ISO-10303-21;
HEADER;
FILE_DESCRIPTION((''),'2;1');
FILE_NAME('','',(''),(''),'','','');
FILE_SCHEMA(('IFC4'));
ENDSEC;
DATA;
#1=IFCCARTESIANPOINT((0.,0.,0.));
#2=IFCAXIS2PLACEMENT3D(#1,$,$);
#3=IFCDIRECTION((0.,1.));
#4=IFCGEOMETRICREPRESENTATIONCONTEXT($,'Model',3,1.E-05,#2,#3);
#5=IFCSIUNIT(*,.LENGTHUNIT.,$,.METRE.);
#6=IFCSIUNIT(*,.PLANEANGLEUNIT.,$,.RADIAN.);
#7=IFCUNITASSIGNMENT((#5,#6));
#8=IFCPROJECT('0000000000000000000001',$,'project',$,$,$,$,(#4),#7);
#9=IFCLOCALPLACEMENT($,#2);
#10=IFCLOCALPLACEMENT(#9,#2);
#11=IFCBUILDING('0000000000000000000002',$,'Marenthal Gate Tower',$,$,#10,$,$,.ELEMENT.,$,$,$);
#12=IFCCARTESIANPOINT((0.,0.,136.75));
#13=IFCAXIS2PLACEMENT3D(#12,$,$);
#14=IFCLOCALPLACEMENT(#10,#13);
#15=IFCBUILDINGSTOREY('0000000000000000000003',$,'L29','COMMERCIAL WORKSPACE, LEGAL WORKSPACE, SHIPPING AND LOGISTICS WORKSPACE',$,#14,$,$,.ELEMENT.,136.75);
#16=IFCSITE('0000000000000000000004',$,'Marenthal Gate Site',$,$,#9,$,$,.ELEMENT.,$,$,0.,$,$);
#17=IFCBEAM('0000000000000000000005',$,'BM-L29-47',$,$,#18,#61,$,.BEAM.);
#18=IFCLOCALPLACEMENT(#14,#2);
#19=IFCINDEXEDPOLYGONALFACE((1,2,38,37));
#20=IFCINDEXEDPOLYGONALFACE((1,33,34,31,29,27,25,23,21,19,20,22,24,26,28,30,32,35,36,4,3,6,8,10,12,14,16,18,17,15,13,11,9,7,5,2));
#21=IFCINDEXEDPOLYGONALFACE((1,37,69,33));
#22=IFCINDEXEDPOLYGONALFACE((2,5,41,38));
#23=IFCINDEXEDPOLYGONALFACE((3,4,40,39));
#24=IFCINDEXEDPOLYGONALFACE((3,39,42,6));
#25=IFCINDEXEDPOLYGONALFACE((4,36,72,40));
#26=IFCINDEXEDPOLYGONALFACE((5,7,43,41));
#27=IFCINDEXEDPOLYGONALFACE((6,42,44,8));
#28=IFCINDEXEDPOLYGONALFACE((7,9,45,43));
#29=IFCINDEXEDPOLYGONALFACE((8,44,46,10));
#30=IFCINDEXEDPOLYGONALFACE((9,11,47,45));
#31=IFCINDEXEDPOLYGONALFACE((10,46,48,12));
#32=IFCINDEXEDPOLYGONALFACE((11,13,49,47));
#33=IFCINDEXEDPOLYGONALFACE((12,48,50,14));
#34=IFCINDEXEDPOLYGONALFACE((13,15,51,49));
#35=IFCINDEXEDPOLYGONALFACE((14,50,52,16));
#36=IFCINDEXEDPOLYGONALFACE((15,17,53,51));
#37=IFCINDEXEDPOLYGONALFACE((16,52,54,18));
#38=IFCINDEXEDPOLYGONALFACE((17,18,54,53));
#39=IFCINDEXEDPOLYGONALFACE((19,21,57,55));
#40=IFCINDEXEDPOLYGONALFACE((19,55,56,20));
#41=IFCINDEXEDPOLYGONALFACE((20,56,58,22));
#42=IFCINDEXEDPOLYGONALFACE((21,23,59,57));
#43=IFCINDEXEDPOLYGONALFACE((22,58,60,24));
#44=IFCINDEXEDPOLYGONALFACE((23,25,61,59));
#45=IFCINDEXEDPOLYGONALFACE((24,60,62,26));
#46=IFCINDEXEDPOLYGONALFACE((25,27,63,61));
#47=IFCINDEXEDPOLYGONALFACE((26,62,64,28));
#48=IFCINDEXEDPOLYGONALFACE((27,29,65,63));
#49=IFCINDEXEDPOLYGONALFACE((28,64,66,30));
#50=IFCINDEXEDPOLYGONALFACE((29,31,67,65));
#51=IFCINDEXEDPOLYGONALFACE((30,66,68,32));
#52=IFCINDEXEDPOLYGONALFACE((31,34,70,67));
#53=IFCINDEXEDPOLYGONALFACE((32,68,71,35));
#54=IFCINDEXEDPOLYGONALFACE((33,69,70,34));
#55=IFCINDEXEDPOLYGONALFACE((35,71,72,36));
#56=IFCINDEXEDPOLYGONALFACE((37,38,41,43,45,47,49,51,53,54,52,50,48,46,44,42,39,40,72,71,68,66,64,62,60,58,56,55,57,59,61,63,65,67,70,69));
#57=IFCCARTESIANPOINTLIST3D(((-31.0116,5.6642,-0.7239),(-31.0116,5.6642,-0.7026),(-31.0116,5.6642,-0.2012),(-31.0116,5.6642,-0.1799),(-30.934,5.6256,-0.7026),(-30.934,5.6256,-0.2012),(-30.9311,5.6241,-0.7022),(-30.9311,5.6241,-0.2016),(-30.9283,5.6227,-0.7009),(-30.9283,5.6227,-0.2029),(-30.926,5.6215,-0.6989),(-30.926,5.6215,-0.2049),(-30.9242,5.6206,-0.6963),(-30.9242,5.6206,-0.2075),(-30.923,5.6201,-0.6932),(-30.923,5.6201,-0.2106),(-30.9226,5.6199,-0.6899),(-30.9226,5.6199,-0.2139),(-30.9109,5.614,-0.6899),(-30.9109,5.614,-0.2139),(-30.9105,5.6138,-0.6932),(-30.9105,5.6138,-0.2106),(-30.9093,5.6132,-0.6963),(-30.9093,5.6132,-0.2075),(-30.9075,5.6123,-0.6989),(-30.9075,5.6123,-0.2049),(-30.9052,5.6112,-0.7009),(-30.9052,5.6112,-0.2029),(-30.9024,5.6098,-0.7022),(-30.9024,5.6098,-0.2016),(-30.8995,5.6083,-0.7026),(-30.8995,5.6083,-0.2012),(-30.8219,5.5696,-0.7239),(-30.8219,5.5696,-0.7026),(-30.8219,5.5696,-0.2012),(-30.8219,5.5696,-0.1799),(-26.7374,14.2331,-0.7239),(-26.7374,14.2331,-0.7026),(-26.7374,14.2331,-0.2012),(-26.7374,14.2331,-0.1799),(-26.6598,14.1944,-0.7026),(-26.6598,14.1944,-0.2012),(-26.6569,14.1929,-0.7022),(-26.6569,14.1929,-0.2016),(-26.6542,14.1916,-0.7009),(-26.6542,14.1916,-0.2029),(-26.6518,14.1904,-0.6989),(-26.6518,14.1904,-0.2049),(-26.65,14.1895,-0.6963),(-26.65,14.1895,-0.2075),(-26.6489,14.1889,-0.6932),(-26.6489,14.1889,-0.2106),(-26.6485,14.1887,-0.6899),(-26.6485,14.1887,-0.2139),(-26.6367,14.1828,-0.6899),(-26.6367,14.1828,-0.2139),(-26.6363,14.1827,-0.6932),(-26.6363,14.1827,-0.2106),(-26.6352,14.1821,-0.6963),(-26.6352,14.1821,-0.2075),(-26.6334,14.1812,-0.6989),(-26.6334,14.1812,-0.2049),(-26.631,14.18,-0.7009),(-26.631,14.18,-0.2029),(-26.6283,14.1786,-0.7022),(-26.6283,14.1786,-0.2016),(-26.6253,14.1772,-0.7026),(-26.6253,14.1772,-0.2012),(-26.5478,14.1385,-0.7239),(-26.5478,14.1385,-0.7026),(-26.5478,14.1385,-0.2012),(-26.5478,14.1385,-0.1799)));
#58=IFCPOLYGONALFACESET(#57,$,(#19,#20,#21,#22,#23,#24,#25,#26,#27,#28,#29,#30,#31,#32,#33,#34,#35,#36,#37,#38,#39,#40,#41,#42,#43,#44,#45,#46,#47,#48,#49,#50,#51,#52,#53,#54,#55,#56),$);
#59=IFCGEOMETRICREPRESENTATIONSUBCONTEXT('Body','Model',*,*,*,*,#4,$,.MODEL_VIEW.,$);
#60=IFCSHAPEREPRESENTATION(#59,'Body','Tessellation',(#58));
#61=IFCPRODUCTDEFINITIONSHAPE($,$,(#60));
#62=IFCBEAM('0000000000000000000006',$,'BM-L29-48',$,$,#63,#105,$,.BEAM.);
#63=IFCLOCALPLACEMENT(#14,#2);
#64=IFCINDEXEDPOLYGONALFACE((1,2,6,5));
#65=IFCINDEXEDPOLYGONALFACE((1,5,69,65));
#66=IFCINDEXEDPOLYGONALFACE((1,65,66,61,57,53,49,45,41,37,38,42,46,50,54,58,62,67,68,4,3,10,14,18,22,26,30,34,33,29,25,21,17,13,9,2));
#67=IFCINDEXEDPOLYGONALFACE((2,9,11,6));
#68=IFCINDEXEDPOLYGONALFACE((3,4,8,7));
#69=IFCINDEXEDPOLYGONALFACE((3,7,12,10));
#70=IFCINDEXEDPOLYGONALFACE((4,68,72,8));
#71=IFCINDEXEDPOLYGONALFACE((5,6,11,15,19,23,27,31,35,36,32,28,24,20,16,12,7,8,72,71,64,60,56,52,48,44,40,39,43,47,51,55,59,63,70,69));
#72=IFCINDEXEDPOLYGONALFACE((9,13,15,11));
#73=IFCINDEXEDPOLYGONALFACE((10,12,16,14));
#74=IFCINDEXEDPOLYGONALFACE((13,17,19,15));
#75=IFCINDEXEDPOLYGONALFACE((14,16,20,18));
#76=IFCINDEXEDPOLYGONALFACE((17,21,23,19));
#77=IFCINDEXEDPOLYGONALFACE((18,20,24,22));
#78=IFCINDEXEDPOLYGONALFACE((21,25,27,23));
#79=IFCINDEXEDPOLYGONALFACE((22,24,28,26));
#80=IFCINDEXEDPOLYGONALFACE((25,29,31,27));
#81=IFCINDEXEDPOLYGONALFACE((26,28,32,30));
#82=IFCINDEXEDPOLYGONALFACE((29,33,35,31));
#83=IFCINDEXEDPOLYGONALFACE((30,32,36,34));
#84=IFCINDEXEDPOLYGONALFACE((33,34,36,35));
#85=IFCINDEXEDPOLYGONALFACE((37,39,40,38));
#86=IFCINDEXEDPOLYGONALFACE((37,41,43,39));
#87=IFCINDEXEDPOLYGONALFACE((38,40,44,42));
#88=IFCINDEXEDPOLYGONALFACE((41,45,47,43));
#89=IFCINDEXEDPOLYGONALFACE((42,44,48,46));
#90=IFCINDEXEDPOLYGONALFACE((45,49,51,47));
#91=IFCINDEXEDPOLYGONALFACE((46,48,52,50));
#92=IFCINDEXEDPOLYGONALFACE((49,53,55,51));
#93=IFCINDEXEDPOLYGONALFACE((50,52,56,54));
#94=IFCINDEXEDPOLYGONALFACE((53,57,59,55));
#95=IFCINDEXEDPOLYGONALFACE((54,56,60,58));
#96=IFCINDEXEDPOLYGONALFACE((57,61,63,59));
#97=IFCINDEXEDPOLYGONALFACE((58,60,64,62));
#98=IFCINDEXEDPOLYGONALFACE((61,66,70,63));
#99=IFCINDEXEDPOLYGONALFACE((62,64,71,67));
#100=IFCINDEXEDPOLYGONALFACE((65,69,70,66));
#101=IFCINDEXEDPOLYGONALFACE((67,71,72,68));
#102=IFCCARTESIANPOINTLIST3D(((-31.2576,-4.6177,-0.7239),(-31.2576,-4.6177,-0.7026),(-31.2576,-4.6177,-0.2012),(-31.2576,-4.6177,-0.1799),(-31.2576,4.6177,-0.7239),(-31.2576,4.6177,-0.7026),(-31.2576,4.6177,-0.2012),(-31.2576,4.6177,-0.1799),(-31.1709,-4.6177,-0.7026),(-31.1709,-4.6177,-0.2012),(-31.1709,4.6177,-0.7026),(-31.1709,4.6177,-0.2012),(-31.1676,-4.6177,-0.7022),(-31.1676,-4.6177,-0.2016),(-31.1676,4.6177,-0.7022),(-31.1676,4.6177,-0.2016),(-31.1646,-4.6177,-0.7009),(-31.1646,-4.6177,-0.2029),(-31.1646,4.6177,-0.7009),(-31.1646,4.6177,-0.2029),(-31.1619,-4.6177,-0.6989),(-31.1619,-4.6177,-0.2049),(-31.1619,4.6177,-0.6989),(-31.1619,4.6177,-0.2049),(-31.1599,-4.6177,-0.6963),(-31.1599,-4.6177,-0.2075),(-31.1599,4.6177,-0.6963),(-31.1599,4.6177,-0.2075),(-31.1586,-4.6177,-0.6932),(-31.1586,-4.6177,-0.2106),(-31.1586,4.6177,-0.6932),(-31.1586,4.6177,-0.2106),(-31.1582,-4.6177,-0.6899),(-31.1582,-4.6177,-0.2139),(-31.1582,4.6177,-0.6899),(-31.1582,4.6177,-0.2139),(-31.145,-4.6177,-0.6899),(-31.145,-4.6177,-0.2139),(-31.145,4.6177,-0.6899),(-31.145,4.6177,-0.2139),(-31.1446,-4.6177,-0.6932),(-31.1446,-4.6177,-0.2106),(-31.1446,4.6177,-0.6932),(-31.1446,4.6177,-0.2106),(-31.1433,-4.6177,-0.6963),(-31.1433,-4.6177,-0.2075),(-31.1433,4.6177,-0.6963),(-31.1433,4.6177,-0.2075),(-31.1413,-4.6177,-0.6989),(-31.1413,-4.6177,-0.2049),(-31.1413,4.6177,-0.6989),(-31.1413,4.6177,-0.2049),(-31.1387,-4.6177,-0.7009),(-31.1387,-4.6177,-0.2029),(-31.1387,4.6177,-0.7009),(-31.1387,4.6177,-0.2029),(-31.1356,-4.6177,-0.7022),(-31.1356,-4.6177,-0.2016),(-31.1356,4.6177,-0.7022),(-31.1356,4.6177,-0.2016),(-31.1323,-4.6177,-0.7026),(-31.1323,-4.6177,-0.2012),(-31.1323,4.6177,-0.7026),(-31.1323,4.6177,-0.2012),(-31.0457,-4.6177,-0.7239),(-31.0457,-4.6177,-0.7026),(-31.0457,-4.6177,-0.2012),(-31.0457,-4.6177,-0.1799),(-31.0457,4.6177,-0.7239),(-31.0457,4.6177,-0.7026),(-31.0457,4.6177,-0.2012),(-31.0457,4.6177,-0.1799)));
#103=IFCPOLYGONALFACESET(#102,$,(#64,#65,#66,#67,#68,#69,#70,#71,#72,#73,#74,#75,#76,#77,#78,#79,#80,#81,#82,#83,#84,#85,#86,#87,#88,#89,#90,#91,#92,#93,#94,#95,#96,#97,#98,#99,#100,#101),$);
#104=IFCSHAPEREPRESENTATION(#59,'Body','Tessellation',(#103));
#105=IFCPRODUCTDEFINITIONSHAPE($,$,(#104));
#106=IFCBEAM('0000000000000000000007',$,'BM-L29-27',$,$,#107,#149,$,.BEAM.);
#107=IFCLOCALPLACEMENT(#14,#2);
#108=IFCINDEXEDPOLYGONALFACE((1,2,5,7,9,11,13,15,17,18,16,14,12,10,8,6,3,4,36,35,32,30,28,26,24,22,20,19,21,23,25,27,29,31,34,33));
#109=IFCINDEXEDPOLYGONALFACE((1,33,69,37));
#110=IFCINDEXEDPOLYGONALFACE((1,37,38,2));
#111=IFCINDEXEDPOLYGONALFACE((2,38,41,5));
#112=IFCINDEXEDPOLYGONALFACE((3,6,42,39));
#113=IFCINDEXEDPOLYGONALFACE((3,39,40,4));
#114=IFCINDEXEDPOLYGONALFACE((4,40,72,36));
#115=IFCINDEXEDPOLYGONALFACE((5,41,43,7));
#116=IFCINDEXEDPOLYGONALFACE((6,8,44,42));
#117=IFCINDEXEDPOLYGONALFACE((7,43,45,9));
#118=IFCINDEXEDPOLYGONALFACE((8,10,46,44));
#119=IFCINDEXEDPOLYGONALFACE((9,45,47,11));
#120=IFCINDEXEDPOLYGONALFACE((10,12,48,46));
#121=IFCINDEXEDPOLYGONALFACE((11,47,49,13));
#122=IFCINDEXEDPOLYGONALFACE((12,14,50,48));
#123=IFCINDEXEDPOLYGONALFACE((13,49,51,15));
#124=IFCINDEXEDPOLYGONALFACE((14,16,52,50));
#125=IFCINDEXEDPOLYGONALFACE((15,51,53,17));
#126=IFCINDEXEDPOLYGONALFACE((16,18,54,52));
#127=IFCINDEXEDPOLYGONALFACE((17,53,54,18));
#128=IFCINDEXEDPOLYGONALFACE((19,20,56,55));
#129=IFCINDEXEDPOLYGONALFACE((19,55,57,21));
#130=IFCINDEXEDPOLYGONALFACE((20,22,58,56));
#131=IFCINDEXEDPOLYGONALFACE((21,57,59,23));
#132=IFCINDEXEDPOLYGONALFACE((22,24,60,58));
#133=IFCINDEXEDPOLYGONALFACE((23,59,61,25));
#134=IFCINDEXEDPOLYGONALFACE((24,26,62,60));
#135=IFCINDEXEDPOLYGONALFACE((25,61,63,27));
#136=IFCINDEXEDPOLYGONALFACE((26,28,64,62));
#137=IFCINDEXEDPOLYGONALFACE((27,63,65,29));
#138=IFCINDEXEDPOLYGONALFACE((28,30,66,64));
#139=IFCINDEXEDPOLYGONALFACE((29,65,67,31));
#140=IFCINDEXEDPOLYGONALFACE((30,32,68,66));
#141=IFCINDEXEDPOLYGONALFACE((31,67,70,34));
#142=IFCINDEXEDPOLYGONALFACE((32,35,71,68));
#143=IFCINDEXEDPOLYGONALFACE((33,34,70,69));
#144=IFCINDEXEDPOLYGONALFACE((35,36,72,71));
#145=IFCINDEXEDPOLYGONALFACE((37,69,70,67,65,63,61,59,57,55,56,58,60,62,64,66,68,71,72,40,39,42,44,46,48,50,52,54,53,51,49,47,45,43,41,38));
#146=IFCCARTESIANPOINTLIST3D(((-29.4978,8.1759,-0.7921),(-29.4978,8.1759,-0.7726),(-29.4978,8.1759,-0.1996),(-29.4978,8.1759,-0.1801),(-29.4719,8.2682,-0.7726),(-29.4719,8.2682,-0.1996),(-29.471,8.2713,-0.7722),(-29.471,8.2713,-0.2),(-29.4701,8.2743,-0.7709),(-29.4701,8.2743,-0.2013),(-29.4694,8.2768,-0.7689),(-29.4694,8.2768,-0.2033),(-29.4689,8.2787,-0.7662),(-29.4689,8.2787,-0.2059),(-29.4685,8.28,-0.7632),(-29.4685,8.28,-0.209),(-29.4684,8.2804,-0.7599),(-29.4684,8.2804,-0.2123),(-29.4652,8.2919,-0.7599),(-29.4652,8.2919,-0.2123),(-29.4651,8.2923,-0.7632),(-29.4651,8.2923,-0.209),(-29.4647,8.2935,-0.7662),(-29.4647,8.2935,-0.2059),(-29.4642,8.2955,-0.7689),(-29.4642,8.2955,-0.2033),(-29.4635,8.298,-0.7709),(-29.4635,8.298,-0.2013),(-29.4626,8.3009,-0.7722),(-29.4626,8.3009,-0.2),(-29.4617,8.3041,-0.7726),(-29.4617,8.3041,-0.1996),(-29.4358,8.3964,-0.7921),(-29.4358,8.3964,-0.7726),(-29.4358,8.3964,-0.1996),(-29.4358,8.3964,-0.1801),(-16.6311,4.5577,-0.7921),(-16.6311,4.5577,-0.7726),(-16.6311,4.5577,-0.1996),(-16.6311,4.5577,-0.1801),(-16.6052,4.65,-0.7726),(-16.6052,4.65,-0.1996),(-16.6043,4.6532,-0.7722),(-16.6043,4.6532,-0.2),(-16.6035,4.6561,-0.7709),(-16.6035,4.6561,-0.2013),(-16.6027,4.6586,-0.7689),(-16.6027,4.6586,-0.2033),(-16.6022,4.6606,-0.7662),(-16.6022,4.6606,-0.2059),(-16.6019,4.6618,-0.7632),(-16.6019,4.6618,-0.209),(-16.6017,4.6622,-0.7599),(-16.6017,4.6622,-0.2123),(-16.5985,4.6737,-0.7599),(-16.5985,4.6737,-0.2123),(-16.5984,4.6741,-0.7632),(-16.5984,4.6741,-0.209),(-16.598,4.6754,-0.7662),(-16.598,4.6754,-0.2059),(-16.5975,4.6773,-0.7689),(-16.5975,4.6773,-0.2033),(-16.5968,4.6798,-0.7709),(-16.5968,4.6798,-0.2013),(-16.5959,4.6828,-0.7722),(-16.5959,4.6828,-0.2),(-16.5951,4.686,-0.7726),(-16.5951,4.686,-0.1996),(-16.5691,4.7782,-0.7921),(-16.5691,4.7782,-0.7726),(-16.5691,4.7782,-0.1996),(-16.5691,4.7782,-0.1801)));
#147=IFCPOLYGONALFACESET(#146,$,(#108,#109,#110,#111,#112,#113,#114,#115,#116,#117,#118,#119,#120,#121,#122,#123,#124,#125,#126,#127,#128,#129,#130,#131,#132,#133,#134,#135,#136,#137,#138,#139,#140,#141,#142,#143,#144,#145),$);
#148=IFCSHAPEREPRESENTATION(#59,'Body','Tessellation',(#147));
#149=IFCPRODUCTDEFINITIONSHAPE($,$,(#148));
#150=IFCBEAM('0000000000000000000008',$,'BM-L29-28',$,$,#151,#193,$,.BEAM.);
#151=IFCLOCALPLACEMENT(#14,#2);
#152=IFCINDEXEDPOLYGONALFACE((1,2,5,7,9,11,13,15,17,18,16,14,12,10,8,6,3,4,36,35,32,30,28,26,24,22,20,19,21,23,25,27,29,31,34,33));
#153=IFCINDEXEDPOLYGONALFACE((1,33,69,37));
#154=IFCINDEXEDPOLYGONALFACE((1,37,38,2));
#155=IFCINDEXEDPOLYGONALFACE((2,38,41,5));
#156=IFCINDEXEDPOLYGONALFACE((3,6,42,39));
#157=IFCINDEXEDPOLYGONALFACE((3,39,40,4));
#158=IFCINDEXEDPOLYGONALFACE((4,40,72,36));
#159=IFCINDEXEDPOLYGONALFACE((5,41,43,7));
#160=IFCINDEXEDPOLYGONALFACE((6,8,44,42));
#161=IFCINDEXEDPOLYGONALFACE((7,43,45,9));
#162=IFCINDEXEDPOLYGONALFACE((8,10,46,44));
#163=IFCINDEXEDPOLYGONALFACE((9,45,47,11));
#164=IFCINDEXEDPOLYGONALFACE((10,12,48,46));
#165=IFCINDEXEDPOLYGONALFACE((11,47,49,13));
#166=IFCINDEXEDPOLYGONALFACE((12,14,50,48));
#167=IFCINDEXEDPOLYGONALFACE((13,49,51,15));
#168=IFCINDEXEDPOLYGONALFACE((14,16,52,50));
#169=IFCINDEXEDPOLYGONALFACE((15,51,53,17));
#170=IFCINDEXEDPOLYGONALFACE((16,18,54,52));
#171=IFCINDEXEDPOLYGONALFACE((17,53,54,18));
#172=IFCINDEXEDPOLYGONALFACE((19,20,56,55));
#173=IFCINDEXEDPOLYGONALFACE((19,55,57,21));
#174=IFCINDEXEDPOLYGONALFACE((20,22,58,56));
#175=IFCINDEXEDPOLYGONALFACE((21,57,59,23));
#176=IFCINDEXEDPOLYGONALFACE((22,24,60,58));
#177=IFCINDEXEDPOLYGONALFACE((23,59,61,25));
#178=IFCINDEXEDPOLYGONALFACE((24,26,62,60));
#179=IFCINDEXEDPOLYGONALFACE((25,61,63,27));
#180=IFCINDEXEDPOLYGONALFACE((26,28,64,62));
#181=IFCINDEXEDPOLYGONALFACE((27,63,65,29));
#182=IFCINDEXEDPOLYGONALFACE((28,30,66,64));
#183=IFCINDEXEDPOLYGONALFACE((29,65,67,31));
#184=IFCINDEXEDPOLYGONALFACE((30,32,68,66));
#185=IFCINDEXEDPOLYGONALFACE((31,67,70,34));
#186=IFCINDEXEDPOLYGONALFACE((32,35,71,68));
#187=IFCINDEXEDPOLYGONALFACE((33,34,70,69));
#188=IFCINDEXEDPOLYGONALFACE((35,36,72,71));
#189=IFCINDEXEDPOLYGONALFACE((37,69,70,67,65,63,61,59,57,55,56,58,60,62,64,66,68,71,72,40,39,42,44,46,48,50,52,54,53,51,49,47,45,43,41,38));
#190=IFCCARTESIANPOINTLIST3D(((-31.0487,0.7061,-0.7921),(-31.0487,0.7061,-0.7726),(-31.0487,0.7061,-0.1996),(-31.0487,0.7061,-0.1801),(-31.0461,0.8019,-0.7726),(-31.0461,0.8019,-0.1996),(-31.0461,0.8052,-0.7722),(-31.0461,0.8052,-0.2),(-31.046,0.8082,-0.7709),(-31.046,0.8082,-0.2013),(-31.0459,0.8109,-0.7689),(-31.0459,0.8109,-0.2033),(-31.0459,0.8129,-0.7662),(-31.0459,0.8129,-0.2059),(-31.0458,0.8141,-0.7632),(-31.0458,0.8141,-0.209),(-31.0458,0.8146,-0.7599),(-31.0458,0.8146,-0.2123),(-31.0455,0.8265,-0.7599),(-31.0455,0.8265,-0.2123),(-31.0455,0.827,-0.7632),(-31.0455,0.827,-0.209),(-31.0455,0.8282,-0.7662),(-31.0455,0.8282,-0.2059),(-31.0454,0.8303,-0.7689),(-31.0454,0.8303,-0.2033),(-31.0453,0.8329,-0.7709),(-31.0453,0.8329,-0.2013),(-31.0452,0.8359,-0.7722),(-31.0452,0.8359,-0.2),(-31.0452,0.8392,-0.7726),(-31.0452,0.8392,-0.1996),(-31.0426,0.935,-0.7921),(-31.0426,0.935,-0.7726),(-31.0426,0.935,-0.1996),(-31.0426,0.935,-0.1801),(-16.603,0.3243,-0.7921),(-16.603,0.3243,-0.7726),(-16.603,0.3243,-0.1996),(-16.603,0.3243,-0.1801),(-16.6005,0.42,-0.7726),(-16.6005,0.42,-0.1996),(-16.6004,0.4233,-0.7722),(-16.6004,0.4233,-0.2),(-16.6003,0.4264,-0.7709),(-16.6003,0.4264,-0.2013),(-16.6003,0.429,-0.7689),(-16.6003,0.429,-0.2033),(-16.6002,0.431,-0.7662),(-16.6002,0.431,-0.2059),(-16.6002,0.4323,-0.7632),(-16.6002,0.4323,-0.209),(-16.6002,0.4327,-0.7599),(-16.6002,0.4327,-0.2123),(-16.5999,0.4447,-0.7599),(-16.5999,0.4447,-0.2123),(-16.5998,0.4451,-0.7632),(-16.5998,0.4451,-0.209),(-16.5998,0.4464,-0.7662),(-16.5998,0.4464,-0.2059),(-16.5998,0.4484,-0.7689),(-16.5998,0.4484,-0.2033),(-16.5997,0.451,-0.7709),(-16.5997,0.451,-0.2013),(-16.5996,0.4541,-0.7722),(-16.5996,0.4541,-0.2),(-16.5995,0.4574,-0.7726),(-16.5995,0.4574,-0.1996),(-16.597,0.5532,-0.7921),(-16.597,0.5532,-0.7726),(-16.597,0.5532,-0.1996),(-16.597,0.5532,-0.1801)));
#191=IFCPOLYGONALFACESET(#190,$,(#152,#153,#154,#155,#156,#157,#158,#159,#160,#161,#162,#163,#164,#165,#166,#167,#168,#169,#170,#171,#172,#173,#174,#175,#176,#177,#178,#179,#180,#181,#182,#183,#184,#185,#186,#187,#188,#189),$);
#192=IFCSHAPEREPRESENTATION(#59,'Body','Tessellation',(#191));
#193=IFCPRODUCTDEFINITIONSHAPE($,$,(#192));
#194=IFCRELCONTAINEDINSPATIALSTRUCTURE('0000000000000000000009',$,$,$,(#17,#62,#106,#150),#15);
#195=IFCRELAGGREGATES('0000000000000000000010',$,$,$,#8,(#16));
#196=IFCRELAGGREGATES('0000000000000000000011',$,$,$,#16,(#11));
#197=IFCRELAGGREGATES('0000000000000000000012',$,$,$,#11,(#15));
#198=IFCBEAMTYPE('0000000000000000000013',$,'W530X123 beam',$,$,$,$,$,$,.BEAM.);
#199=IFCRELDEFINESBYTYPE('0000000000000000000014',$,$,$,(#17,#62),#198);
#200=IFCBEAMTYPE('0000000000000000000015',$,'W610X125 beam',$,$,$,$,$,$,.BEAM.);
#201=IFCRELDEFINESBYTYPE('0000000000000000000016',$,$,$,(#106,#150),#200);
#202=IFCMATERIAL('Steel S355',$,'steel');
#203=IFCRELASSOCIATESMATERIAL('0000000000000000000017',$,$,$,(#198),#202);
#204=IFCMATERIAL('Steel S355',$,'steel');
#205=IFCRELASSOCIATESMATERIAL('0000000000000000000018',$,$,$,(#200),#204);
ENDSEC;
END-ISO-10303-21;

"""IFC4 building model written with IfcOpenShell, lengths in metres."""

from ifc_helpers import new_model, si_unit, direction, frame, origin, origin_2d, place, context, subcontext, project, spatial, i_section, extrude, material, material_profile, profile_set, type_object, element, save


model = new_model("IFC4")

# Units and contexts
model_context = context("Model", 3, precision=1e-05, world=origin(), true_north=direction((0.0, 1.0)))
body_context = subcontext(model_context, "Body", "Model", "MODEL_VIEW")
ifc_project = project(units=[si_unit("LENGTHUNIT", "METRE"), si_unit("PLANEANGLEUNIT", "RADIAN")], contexts=[model_context])

# Site, building, storey
site_placement = place(None, origin())
site = spatial("IfcSite", under=ifc_project, at=site_placement, Name="Marenthal Gate Site", CompositionType="ELEMENT", RefElevation=0.0)
building_placement = place(site_placement, origin())
building = spatial("IfcBuilding", under=site, at=building_placement, Name="Marenthal Gate Tower", CompositionType="ELEMENT")
storey_placement = place(building_placement, frame((0.0, 0.0, 136.75)))
storey = spatial("IfcBuildingStorey", under=building, at=storey_placement, Name="L29", Description="COMMERCIAL WORKSPACE, LEGAL WORKSPACE, SHIPPING AND LOGISTICS WORKSPACE", CompositionType="ELEMENT", Elevation=136.75)

# Beams
ifc_material_1 = material(Name="Steel S355", Category="steel")
ifc_material_profile_1 = material_profile(ifc_material_1, i_section(OverallWidth=0.2119, OverallDepth=0.5439, WebThickness=0.0132, FlangeThickness=0.0212, FilletRadius=0.0127, at=origin_2d()), Name="W530X123")
ifc_profile_set_1 = profile_set([ifc_material_profile_1], Name="Steel S355")
beam_type_1 = type_object("IfcBeamType", Name="W530X123 beam", PredefinedType="BEAM", material=ifc_profile_set_1)
beam_1_placement = place(storey_placement, frame((-26.6426, 14.1858, -0.4519), z_axis=(-0.446357, -0.894855, 0.0), x_axis=(0.894855, -0.446357, 0.0)))
element("IfcBeam", 1, at=beam_1_placement, inside=storey, type_object=beam_type_1, Name="BM-L29-47", PredefinedType="BEAM", context=body_context, shape_type="SweptSolid", body=[
    extrude(i_section(OverallWidth=0.2119, OverallDepth=0.5439, WebThickness=0.0132, FlangeThickness=0.0212, FilletRadius=0.0127, at=origin_2d()), origin(), (0.0, 0.0, 1.0), 9.5757),
])
beam_2_placement = place(storey_placement, frame((-31.1516, 4.6177, -0.4519), z_axis=(0.0, -1.0, 0.0), x_axis=(1.0, 0.0, 0.0)))
element("IfcBeam", 2, at=beam_2_placement, inside=storey, type_object=beam_type_1, Name="BM-L29-48", PredefinedType="BEAM", context=body_context, shape_type="SweptSolid", body=[
    extrude(i_section(OverallWidth=0.2119, OverallDepth=0.5439, WebThickness=0.0132, FlangeThickness=0.0212, FilletRadius=0.0127, at=origin_2d()), origin(), (0.0, 0.0, 1.0), 9.2354),
])
ifc_material_2 = material(Name="Steel S355", Category="steel")
ifc_material_profile_2 = material_profile(ifc_material_2, i_section(OverallWidth=0.229, OverallDepth=0.6121, WebThickness=0.012, FlangeThickness=0.0195, FilletRadius=0.0127, at=origin_2d()), Name="W610X125")
ifc_profile_set_2 = profile_set([ifc_material_profile_2], Name="Steel S355")
beam_type_2 = type_object("IfcBeamType", Name="W610X125 beam", PredefinedType="BEAM", material=ifc_profile_set_2)
beam_3_placement = place(storey_placement, frame((-29.4668, 8.2861, -0.4861), z_axis=(0.962663, -0.270704, 0.0), x_axis=(0.270704, 0.962663, 0.0)))
element("IfcBeam", 3, at=beam_3_placement, inside=storey, type_object=beam_type_2, Name="BM-L29-27", PredefinedType="BEAM", context=body_context, shape_type="SweptSolid", body=[
    extrude(i_section(OverallWidth=0.229, OverallDepth=0.6121, WebThickness=0.012, FlangeThickness=0.0195, FilletRadius=0.0127, at=origin_2d()), origin(), (0.0, 0.0, 1.0), 13.3657),
])
beam_4_placement = place(storey_placement, frame((-31.0457, 0.8206, -0.4861), z_axis=(0.999651, -0.026424, 0.0), x_axis=(0.026424, 0.999651, 0.0)))
element("IfcBeam", 4, at=beam_4_placement, inside=storey, type_object=beam_type_2, Name="BM-L29-28", PredefinedType="BEAM", context=body_context, shape_type="SweptSolid", body=[
    extrude(i_section(OverallWidth=0.229, OverallDepth=0.6121, WebThickness=0.012, FlangeThickness=0.0195, FilletRadius=0.0127, at=origin_2d()), origin(), (0.0, 0.0, 1.0), 14.4507),
])

save(model, "model.ifc")
